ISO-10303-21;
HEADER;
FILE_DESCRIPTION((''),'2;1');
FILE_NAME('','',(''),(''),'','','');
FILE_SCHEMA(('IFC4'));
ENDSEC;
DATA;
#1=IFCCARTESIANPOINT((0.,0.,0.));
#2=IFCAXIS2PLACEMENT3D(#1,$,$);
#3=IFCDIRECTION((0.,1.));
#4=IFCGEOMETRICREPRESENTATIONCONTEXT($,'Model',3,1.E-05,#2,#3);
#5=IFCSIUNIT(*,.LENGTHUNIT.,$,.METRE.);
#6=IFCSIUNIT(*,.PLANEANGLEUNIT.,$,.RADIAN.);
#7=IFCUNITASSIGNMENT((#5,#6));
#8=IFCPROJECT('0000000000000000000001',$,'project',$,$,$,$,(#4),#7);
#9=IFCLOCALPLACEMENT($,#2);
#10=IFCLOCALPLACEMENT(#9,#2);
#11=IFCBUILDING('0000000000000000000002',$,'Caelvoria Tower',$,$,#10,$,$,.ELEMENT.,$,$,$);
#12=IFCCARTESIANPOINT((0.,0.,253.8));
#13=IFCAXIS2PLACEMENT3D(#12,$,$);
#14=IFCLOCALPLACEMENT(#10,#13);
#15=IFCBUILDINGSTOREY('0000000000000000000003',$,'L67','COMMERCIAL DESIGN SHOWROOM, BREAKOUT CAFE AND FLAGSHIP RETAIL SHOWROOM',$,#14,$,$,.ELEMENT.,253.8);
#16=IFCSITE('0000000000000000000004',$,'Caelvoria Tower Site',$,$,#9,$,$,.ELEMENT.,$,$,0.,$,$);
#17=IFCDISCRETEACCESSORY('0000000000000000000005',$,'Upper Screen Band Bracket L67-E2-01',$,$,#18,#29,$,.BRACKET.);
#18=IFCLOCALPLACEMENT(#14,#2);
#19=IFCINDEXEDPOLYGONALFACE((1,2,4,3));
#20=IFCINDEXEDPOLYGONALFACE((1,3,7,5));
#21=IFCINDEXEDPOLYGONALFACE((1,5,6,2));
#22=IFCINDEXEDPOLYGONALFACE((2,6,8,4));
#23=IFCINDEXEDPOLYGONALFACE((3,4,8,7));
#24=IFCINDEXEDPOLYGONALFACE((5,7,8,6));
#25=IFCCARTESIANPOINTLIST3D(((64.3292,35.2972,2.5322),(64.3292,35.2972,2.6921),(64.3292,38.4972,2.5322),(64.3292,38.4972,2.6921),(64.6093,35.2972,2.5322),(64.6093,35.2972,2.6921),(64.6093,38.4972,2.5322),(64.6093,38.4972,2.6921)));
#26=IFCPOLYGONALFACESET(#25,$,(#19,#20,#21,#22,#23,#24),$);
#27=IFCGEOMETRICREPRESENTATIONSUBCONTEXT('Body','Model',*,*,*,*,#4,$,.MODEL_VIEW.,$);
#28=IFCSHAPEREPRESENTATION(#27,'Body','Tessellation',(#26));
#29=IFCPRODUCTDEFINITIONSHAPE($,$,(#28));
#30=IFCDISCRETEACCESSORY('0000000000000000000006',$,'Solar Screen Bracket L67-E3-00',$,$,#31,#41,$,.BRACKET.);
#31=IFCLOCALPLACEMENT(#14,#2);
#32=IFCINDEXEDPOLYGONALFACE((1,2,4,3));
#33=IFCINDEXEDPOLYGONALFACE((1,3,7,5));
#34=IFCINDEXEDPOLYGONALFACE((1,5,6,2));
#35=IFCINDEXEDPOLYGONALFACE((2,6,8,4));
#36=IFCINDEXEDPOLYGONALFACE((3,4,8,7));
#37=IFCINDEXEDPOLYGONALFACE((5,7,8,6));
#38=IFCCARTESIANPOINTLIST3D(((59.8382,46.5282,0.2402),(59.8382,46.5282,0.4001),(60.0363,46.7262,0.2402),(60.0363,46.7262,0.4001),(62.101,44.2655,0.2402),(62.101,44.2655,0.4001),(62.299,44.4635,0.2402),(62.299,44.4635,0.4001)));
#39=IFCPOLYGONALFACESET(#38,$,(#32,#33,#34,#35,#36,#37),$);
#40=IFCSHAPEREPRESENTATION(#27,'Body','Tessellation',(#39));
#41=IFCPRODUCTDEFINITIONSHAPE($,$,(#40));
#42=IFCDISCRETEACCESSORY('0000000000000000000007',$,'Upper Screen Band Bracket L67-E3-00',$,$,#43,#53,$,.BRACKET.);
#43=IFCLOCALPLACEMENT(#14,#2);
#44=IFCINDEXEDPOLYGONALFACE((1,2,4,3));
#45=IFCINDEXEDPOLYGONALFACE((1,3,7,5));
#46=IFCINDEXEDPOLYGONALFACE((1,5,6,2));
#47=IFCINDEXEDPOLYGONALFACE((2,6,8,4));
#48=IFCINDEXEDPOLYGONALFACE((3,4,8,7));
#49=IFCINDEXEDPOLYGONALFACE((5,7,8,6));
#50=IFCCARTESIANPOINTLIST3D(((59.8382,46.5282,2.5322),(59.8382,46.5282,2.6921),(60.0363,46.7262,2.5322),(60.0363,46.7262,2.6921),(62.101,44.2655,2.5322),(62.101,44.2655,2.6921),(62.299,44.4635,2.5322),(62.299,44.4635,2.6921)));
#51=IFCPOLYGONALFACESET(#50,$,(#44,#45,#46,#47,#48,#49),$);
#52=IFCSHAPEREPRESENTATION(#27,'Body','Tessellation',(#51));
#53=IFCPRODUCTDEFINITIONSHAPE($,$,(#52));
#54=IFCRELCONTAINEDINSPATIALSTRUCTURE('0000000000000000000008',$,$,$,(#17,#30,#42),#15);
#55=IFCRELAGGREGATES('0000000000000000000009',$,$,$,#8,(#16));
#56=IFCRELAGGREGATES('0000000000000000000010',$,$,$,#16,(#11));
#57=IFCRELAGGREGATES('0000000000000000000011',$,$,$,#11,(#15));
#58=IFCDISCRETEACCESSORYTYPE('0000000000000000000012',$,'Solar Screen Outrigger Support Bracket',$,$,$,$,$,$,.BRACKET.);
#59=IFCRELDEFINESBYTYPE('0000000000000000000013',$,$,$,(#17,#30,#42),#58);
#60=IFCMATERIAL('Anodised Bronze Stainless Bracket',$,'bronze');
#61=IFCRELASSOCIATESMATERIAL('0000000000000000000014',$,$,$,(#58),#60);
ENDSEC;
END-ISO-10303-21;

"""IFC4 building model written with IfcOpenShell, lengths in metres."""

from ifc_helpers import new_model, si_unit, direction, frame, origin, origin_2d, place, context, subcontext, project, spatial, rectangle, extrude, material, type_object, element, save


model = new_model("IFC4")

# Units and contexts
model_context = context("Model", 3, precision=1e-05, world=origin(), true_north=direction((0.0, 1.0)))
body_context = subcontext(model_context, "Body", "Model", "MODEL_VIEW")
ifc_project = project(units=[si_unit("LENGTHUNIT", "METRE"), si_unit("PLANEANGLEUNIT", "RADIAN")], contexts=[model_context])

# Site, building, storey
site_placement = place(None, origin())
site = spatial("IfcSite", under=ifc_project, at=site_placement, Name="Caelvoria Tower Site", CompositionType="ELEMENT", RefElevation=0.0)
building_placement = place(site_placement, origin())
building = spatial("IfcBuilding", under=site, at=building_placement, Name="Caelvoria Tower", CompositionType="ELEMENT")
storey_placement = place(building_placement, frame((0.0, 0.0, 253.8)))
storey = spatial("IfcBuildingStorey", under=building, at=storey_placement, Name="L67", Description="COMMERCIAL DESIGN SHOWROOM, BREAKOUT CAFE AND FLAGSHIP RETAIL SHOWROOM", CompositionType="ELEMENT", Elevation=253.8)

# Discrete accessories
ifc_material_1 = material(Name="Anodised Bronze Stainless Bracket", Category="bronze")
discrete_accessory_type = type_object("IfcDiscreteAccessoryType", Name="Solar Screen Outrigger Support Bracket", PredefinedType="BRACKET", material=ifc_material_1)
for number, where, z_axis, x_axis, name in (
    (1, (64.4692, 36.8972, 2.5322), (0.0, 0.0, 1.0), (0.0, 1.0, 0.0), "Upper Screen Band Bracket L67-E2-01"),
    (2, (61.0686, 45.4958, 0.2402), (0.0, 0.0, 1.0), (-0.707107, 0.707107, 0.0), "Solar Screen Bracket L67-E3-00"),
    (3, (61.0686, 45.4958, 2.5322), (0.0, 0.0, 1.0), (-0.707107, 0.707107, 0.0), "Upper Screen Band Bracket L67-E3-00"),
):
    element("IfcDiscreteAccessory", number, at=place(storey_placement, frame(where, z_axis=z_axis, x_axis=x_axis)), inside=storey, type_object=discrete_accessory_type, Name=name, PredefinedType="BRACKET", context=body_context, shape_type="SweptSolid", body=[
        extrude(rectangle(XDim=3.2, YDim=0.28, at=origin_2d()), origin(), (0.0, 0.0, 1.0), 0.1599),
    ])

save(model, "model.ifc")
